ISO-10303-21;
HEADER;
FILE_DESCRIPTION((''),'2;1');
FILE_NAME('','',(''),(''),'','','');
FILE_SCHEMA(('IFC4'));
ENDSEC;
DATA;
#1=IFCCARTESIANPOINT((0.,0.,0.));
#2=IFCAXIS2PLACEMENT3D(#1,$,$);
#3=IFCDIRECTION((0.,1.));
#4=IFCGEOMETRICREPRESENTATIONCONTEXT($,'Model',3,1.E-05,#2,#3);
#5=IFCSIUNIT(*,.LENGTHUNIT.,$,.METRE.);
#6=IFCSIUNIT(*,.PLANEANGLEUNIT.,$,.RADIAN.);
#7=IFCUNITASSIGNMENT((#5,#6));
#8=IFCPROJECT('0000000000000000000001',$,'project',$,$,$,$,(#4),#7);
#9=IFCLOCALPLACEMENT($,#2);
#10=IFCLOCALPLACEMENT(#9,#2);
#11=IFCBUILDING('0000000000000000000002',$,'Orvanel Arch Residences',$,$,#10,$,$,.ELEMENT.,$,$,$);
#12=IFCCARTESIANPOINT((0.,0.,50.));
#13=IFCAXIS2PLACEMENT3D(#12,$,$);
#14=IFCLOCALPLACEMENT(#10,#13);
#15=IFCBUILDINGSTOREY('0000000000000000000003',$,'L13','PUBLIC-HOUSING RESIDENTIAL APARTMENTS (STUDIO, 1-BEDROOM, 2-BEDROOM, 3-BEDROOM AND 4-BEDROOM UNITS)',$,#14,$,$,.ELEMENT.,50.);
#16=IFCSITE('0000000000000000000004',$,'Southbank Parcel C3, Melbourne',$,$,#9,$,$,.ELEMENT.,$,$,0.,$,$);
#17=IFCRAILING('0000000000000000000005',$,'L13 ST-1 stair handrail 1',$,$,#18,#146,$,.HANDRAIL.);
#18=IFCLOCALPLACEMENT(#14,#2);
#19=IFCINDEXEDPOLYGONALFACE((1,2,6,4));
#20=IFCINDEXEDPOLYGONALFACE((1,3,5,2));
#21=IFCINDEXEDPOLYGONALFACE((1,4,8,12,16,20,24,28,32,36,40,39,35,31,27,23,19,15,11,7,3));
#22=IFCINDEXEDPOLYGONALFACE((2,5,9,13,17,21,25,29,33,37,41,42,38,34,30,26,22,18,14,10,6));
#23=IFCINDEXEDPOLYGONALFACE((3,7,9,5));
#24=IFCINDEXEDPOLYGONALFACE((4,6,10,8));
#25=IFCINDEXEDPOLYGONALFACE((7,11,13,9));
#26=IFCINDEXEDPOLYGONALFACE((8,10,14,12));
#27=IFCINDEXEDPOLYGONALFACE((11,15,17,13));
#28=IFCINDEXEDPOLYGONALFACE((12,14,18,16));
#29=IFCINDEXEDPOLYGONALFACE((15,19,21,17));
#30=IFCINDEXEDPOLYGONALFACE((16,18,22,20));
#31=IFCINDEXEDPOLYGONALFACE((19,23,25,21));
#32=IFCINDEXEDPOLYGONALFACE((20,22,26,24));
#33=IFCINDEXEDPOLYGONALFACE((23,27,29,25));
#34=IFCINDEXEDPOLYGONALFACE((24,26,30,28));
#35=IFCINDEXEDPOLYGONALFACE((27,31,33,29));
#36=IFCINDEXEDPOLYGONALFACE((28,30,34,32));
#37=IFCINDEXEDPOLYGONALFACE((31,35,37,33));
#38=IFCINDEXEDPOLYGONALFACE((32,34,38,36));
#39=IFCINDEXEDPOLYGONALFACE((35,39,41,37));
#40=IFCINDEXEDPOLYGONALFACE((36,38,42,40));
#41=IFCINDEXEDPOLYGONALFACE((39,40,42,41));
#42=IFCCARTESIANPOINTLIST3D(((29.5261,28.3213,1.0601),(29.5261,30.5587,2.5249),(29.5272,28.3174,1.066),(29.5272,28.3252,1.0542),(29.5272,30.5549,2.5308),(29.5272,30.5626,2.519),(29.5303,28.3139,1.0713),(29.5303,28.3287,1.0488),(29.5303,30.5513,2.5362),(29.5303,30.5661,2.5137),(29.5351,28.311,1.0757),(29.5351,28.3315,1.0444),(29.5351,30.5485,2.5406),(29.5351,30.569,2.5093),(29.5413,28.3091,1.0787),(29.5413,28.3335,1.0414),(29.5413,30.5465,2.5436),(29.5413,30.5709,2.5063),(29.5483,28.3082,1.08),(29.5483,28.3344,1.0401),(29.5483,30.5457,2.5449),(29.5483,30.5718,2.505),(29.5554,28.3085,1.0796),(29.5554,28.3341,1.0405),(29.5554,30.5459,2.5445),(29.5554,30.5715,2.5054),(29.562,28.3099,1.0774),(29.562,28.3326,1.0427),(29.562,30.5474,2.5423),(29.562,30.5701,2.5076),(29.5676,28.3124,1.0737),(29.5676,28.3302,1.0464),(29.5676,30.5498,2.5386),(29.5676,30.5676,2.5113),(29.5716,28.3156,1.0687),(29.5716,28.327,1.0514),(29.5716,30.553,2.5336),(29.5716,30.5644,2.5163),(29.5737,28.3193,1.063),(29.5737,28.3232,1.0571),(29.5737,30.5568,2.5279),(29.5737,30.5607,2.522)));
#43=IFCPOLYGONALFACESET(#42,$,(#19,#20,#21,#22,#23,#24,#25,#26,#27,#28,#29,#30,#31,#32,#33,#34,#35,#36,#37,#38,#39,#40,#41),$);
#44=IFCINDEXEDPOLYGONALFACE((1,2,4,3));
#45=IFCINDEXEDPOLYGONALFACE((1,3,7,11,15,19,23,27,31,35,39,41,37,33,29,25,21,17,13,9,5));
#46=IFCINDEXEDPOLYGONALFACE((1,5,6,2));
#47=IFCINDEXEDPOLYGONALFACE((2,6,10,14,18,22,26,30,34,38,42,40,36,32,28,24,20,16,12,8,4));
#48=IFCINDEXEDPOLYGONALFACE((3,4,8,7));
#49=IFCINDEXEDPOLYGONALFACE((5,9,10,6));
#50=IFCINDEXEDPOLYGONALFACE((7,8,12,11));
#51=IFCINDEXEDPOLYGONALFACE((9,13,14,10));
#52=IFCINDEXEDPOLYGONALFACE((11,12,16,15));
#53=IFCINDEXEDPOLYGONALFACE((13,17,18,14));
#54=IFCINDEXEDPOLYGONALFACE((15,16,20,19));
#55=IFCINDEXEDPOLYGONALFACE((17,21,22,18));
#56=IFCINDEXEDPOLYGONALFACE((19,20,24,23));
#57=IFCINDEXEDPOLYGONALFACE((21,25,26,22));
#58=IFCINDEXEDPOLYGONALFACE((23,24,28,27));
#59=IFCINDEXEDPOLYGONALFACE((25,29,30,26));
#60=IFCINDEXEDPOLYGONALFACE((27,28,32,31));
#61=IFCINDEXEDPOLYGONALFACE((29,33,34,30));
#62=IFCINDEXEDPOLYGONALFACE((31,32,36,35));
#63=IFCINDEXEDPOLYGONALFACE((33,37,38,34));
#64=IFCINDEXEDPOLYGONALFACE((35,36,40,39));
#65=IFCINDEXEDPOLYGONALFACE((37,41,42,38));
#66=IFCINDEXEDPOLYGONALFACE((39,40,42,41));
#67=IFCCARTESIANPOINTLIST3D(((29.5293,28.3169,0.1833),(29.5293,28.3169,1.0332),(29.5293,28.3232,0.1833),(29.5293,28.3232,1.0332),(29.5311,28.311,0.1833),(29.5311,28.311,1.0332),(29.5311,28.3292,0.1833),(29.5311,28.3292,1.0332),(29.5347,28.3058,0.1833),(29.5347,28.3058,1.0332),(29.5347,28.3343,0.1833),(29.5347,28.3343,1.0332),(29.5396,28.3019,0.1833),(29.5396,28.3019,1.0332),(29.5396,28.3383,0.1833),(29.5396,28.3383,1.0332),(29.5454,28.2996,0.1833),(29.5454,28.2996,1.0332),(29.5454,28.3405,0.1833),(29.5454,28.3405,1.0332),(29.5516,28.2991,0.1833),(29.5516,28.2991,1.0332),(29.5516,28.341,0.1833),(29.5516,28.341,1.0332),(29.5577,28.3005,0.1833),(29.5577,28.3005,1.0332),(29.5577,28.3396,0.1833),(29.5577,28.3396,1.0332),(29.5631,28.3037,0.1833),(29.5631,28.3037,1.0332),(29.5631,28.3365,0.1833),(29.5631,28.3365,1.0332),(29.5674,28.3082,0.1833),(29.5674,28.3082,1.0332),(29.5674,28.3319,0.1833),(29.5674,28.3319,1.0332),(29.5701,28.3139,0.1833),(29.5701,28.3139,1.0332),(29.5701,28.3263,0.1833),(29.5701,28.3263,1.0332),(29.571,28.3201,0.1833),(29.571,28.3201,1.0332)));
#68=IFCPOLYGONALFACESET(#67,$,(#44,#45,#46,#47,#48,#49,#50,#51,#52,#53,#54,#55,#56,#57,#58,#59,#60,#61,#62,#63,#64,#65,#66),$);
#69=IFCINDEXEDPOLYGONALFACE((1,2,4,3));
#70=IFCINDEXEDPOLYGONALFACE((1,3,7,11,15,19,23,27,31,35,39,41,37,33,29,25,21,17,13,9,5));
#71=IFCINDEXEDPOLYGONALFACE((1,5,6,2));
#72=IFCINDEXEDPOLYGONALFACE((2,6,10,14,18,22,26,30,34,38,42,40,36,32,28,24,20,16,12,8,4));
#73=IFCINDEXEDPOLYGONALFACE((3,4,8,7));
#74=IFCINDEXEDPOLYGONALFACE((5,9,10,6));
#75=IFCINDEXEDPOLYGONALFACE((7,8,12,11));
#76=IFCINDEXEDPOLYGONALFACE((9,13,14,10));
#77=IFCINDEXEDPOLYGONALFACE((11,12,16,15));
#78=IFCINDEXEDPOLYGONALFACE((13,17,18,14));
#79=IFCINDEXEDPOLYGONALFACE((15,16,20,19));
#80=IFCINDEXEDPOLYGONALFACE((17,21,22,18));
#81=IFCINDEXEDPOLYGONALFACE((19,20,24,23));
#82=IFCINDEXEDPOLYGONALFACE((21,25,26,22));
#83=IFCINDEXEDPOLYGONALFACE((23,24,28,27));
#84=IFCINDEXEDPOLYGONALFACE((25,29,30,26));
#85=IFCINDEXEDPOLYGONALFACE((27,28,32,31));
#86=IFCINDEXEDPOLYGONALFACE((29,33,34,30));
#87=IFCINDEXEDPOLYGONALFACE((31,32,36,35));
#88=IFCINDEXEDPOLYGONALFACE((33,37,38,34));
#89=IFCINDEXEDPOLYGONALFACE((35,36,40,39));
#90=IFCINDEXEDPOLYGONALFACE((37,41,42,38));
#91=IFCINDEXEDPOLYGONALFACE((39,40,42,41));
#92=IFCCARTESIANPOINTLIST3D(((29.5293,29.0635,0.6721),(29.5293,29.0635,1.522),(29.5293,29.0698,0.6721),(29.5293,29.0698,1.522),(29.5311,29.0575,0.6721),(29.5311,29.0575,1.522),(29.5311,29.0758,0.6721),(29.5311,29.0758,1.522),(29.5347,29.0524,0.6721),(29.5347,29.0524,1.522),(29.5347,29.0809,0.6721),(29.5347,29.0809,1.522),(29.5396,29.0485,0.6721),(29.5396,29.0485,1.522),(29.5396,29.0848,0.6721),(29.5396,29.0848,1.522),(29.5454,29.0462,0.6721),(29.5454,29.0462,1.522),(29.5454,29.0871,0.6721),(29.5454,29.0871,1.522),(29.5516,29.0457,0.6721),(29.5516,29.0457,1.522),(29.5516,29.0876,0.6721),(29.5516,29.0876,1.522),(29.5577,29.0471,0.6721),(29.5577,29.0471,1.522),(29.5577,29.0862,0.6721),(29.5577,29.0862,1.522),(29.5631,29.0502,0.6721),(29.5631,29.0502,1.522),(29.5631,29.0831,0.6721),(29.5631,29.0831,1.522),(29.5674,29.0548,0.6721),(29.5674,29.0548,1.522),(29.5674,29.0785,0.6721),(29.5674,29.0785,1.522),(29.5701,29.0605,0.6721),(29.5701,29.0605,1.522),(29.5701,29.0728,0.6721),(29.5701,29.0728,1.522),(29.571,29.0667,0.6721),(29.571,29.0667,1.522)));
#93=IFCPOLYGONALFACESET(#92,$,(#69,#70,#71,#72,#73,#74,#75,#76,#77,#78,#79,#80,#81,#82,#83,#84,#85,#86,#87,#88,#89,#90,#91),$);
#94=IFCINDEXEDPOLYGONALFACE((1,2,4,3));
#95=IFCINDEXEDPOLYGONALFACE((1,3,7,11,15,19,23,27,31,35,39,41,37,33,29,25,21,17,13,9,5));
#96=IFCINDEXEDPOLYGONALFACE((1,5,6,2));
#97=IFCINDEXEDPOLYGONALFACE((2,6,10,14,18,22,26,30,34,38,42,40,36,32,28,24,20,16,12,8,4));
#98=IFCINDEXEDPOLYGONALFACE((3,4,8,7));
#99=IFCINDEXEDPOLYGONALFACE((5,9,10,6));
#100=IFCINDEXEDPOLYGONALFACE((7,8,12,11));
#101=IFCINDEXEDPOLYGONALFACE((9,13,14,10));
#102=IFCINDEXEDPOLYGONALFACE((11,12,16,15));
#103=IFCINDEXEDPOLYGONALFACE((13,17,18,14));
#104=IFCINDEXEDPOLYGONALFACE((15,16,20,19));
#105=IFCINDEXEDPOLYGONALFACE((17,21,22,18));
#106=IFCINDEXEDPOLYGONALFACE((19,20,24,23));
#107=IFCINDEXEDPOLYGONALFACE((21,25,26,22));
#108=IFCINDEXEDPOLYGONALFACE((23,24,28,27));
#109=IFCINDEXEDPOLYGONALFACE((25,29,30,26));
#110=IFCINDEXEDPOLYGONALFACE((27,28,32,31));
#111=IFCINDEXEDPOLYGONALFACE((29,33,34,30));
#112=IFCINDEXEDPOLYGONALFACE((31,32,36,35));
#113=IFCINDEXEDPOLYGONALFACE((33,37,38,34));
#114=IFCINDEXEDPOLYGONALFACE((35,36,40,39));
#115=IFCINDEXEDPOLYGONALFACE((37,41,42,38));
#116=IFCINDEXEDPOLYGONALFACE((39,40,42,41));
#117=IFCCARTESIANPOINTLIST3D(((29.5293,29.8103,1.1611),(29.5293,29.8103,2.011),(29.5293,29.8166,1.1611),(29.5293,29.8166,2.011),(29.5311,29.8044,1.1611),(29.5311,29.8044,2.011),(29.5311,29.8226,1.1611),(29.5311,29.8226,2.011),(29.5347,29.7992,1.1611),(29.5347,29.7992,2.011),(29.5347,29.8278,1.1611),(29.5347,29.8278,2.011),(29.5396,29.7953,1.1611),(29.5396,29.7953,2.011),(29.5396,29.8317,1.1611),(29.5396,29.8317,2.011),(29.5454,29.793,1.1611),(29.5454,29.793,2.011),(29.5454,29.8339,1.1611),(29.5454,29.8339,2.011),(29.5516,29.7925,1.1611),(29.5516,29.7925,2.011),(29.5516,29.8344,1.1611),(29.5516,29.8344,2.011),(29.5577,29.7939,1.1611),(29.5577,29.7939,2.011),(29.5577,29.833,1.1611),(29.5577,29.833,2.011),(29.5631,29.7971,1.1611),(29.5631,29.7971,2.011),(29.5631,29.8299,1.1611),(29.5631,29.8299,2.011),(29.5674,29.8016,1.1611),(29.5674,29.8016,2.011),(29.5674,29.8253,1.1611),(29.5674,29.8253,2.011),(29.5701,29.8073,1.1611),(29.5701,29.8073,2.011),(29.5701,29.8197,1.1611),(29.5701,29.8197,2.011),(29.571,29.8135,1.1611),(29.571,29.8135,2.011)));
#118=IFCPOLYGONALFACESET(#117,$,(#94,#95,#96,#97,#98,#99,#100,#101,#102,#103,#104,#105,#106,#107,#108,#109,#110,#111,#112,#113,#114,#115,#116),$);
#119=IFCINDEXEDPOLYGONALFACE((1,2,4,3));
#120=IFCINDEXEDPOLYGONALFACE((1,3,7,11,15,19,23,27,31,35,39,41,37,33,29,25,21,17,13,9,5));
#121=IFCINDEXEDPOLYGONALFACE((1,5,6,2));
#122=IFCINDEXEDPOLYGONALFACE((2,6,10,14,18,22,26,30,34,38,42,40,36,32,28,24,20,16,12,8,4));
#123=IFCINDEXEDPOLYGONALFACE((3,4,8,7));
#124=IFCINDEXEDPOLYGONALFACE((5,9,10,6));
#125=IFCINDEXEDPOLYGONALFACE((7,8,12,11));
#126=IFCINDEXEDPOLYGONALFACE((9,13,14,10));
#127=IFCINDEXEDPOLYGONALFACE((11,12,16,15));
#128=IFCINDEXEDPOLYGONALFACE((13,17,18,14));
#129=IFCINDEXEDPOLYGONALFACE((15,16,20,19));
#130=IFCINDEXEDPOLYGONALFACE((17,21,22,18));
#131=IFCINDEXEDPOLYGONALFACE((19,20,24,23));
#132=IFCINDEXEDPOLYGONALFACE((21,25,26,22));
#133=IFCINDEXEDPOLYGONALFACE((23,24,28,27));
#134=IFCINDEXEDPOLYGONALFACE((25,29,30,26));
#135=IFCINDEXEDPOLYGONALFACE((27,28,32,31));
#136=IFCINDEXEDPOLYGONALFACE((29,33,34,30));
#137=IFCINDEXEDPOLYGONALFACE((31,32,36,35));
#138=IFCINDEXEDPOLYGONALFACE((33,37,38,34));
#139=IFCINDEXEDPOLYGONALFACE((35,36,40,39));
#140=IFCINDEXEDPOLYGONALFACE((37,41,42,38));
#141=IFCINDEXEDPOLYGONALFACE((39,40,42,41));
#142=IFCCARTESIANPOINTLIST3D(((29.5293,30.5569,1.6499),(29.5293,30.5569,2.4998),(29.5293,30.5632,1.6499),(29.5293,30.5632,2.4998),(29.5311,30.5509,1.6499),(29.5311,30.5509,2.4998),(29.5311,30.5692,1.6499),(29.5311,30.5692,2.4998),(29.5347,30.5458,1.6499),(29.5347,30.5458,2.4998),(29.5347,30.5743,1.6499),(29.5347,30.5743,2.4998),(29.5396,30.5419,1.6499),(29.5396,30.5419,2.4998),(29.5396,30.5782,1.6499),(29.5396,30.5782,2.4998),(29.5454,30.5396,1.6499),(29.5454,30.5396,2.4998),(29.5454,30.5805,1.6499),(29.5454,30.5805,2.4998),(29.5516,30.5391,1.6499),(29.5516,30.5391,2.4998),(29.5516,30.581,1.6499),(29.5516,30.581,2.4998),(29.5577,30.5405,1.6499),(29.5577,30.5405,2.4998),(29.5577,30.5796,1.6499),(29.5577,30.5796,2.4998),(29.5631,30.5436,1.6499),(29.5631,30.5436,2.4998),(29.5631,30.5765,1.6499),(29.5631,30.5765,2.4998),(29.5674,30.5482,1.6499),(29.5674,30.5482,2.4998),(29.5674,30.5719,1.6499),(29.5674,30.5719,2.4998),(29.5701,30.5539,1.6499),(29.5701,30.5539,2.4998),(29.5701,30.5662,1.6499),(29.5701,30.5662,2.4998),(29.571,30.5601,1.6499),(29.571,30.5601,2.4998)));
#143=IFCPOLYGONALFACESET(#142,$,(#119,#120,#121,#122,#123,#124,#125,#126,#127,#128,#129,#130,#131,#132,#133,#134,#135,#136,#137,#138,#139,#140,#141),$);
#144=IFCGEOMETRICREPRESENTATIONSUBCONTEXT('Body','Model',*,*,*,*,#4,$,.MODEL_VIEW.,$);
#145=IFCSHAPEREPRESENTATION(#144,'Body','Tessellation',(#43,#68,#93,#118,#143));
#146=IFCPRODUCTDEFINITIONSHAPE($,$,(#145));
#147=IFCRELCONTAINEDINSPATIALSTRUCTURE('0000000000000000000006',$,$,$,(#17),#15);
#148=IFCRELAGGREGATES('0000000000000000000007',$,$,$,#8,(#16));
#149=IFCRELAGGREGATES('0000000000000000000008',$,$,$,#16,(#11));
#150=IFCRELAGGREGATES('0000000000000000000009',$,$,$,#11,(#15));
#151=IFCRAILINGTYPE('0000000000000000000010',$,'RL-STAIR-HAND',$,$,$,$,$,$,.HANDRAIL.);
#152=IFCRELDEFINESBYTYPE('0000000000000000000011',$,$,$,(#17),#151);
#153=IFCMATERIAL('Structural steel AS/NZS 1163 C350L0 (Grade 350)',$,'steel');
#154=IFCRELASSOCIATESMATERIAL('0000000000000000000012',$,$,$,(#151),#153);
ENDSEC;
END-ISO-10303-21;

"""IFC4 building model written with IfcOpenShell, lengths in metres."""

from ifc_helpers import new_model, si_unit, direction, frame, origin, origin_2d, place, context, subcontext, project, spatial, circle, extrude, material, type_object, element, save


model = new_model("IFC4")

# Units and contexts
model_context = context("Model", 3, precision=1e-05, world=origin(), true_north=direction((0.0, 1.0)))
body_context = subcontext(model_context, "Body", "Model", "MODEL_VIEW")
ifc_project = project(units=[si_unit("LENGTHUNIT", "METRE"), si_unit("PLANEANGLEUNIT", "RADIAN")], contexts=[model_context])

# Site, building, storey
site_placement = place(None, origin())
site = spatial("IfcSite", under=ifc_project, at=site_placement, Name="Southbank Parcel C3, Melbourne", CompositionType="ELEMENT", RefElevation=0.0)
building_placement = place(site_placement, origin())
building = spatial("IfcBuilding", under=site, at=building_placement, Name="Orvanel Arch Residences", CompositionType="ELEMENT")
storey_placement = place(building_placement, frame((0.0, 0.0, 50.0)))
storey = spatial("IfcBuildingStorey", under=building, at=storey_placement, Name="L13", Description="PUBLIC-HOUSING RESIDENTIAL APARTMENTS (STUDIO, 1-BEDROOM, 2-BEDROOM, 3-BEDROOM AND 4-BEDROOM UNITS)", CompositionType="ELEMENT", Elevation=50.0)

# Railing
ifc_material_1 = material(Name="Structural steel AS/NZS 1163 C350L0 (Grade 350)", Category="steel")
railing_type_1 = type_object("IfcRailingType", Name="RL-STAIR-HAND", PredefinedType="HANDRAIL", material=ifc_material_1)
railing_1_placement = place(storey_placement, frame((29.55, 28.3201, 0.1833)))
element("IfcRailing", 1, at=railing_1_placement, inside=storey, type_object=railing_type_1, Name="L13 ST-1 stair handrail 1", PredefinedType="HANDRAIL", context=body_context, shape_type="SweptSolid", body=[
    extrude(circle(Radius=0.0239, at=origin_2d()), frame((0.0, 0.0012, 0.8767), z_axis=(0.0, 0.836637, 0.547758), x_axis=(-1.0, 0.0, 0.0)), (0.0, 0.0, 1.0), 2.6743),
    extrude(circle(Radius=0.021, at=origin_2d()), origin(), (0.0, 0.0, 1.0), 0.8499),
    extrude(circle(Radius=0.021, at=origin_2d()), frame((0.0, 0.7466, 0.4888)), (0.0, 0.0, 1.0), 0.8499),
    extrude(circle(Radius=0.021, at=origin_2d()), frame((0.0, 1.4934, 0.9778)), (0.0, 0.0, 1.0), 0.8499),
    extrude(circle(Radius=0.021, at=origin_2d()), frame((0.0, 2.24, 1.4666)), (0.0, 0.0, 1.0), 0.8499),
])

save(model, "model.ifc")
